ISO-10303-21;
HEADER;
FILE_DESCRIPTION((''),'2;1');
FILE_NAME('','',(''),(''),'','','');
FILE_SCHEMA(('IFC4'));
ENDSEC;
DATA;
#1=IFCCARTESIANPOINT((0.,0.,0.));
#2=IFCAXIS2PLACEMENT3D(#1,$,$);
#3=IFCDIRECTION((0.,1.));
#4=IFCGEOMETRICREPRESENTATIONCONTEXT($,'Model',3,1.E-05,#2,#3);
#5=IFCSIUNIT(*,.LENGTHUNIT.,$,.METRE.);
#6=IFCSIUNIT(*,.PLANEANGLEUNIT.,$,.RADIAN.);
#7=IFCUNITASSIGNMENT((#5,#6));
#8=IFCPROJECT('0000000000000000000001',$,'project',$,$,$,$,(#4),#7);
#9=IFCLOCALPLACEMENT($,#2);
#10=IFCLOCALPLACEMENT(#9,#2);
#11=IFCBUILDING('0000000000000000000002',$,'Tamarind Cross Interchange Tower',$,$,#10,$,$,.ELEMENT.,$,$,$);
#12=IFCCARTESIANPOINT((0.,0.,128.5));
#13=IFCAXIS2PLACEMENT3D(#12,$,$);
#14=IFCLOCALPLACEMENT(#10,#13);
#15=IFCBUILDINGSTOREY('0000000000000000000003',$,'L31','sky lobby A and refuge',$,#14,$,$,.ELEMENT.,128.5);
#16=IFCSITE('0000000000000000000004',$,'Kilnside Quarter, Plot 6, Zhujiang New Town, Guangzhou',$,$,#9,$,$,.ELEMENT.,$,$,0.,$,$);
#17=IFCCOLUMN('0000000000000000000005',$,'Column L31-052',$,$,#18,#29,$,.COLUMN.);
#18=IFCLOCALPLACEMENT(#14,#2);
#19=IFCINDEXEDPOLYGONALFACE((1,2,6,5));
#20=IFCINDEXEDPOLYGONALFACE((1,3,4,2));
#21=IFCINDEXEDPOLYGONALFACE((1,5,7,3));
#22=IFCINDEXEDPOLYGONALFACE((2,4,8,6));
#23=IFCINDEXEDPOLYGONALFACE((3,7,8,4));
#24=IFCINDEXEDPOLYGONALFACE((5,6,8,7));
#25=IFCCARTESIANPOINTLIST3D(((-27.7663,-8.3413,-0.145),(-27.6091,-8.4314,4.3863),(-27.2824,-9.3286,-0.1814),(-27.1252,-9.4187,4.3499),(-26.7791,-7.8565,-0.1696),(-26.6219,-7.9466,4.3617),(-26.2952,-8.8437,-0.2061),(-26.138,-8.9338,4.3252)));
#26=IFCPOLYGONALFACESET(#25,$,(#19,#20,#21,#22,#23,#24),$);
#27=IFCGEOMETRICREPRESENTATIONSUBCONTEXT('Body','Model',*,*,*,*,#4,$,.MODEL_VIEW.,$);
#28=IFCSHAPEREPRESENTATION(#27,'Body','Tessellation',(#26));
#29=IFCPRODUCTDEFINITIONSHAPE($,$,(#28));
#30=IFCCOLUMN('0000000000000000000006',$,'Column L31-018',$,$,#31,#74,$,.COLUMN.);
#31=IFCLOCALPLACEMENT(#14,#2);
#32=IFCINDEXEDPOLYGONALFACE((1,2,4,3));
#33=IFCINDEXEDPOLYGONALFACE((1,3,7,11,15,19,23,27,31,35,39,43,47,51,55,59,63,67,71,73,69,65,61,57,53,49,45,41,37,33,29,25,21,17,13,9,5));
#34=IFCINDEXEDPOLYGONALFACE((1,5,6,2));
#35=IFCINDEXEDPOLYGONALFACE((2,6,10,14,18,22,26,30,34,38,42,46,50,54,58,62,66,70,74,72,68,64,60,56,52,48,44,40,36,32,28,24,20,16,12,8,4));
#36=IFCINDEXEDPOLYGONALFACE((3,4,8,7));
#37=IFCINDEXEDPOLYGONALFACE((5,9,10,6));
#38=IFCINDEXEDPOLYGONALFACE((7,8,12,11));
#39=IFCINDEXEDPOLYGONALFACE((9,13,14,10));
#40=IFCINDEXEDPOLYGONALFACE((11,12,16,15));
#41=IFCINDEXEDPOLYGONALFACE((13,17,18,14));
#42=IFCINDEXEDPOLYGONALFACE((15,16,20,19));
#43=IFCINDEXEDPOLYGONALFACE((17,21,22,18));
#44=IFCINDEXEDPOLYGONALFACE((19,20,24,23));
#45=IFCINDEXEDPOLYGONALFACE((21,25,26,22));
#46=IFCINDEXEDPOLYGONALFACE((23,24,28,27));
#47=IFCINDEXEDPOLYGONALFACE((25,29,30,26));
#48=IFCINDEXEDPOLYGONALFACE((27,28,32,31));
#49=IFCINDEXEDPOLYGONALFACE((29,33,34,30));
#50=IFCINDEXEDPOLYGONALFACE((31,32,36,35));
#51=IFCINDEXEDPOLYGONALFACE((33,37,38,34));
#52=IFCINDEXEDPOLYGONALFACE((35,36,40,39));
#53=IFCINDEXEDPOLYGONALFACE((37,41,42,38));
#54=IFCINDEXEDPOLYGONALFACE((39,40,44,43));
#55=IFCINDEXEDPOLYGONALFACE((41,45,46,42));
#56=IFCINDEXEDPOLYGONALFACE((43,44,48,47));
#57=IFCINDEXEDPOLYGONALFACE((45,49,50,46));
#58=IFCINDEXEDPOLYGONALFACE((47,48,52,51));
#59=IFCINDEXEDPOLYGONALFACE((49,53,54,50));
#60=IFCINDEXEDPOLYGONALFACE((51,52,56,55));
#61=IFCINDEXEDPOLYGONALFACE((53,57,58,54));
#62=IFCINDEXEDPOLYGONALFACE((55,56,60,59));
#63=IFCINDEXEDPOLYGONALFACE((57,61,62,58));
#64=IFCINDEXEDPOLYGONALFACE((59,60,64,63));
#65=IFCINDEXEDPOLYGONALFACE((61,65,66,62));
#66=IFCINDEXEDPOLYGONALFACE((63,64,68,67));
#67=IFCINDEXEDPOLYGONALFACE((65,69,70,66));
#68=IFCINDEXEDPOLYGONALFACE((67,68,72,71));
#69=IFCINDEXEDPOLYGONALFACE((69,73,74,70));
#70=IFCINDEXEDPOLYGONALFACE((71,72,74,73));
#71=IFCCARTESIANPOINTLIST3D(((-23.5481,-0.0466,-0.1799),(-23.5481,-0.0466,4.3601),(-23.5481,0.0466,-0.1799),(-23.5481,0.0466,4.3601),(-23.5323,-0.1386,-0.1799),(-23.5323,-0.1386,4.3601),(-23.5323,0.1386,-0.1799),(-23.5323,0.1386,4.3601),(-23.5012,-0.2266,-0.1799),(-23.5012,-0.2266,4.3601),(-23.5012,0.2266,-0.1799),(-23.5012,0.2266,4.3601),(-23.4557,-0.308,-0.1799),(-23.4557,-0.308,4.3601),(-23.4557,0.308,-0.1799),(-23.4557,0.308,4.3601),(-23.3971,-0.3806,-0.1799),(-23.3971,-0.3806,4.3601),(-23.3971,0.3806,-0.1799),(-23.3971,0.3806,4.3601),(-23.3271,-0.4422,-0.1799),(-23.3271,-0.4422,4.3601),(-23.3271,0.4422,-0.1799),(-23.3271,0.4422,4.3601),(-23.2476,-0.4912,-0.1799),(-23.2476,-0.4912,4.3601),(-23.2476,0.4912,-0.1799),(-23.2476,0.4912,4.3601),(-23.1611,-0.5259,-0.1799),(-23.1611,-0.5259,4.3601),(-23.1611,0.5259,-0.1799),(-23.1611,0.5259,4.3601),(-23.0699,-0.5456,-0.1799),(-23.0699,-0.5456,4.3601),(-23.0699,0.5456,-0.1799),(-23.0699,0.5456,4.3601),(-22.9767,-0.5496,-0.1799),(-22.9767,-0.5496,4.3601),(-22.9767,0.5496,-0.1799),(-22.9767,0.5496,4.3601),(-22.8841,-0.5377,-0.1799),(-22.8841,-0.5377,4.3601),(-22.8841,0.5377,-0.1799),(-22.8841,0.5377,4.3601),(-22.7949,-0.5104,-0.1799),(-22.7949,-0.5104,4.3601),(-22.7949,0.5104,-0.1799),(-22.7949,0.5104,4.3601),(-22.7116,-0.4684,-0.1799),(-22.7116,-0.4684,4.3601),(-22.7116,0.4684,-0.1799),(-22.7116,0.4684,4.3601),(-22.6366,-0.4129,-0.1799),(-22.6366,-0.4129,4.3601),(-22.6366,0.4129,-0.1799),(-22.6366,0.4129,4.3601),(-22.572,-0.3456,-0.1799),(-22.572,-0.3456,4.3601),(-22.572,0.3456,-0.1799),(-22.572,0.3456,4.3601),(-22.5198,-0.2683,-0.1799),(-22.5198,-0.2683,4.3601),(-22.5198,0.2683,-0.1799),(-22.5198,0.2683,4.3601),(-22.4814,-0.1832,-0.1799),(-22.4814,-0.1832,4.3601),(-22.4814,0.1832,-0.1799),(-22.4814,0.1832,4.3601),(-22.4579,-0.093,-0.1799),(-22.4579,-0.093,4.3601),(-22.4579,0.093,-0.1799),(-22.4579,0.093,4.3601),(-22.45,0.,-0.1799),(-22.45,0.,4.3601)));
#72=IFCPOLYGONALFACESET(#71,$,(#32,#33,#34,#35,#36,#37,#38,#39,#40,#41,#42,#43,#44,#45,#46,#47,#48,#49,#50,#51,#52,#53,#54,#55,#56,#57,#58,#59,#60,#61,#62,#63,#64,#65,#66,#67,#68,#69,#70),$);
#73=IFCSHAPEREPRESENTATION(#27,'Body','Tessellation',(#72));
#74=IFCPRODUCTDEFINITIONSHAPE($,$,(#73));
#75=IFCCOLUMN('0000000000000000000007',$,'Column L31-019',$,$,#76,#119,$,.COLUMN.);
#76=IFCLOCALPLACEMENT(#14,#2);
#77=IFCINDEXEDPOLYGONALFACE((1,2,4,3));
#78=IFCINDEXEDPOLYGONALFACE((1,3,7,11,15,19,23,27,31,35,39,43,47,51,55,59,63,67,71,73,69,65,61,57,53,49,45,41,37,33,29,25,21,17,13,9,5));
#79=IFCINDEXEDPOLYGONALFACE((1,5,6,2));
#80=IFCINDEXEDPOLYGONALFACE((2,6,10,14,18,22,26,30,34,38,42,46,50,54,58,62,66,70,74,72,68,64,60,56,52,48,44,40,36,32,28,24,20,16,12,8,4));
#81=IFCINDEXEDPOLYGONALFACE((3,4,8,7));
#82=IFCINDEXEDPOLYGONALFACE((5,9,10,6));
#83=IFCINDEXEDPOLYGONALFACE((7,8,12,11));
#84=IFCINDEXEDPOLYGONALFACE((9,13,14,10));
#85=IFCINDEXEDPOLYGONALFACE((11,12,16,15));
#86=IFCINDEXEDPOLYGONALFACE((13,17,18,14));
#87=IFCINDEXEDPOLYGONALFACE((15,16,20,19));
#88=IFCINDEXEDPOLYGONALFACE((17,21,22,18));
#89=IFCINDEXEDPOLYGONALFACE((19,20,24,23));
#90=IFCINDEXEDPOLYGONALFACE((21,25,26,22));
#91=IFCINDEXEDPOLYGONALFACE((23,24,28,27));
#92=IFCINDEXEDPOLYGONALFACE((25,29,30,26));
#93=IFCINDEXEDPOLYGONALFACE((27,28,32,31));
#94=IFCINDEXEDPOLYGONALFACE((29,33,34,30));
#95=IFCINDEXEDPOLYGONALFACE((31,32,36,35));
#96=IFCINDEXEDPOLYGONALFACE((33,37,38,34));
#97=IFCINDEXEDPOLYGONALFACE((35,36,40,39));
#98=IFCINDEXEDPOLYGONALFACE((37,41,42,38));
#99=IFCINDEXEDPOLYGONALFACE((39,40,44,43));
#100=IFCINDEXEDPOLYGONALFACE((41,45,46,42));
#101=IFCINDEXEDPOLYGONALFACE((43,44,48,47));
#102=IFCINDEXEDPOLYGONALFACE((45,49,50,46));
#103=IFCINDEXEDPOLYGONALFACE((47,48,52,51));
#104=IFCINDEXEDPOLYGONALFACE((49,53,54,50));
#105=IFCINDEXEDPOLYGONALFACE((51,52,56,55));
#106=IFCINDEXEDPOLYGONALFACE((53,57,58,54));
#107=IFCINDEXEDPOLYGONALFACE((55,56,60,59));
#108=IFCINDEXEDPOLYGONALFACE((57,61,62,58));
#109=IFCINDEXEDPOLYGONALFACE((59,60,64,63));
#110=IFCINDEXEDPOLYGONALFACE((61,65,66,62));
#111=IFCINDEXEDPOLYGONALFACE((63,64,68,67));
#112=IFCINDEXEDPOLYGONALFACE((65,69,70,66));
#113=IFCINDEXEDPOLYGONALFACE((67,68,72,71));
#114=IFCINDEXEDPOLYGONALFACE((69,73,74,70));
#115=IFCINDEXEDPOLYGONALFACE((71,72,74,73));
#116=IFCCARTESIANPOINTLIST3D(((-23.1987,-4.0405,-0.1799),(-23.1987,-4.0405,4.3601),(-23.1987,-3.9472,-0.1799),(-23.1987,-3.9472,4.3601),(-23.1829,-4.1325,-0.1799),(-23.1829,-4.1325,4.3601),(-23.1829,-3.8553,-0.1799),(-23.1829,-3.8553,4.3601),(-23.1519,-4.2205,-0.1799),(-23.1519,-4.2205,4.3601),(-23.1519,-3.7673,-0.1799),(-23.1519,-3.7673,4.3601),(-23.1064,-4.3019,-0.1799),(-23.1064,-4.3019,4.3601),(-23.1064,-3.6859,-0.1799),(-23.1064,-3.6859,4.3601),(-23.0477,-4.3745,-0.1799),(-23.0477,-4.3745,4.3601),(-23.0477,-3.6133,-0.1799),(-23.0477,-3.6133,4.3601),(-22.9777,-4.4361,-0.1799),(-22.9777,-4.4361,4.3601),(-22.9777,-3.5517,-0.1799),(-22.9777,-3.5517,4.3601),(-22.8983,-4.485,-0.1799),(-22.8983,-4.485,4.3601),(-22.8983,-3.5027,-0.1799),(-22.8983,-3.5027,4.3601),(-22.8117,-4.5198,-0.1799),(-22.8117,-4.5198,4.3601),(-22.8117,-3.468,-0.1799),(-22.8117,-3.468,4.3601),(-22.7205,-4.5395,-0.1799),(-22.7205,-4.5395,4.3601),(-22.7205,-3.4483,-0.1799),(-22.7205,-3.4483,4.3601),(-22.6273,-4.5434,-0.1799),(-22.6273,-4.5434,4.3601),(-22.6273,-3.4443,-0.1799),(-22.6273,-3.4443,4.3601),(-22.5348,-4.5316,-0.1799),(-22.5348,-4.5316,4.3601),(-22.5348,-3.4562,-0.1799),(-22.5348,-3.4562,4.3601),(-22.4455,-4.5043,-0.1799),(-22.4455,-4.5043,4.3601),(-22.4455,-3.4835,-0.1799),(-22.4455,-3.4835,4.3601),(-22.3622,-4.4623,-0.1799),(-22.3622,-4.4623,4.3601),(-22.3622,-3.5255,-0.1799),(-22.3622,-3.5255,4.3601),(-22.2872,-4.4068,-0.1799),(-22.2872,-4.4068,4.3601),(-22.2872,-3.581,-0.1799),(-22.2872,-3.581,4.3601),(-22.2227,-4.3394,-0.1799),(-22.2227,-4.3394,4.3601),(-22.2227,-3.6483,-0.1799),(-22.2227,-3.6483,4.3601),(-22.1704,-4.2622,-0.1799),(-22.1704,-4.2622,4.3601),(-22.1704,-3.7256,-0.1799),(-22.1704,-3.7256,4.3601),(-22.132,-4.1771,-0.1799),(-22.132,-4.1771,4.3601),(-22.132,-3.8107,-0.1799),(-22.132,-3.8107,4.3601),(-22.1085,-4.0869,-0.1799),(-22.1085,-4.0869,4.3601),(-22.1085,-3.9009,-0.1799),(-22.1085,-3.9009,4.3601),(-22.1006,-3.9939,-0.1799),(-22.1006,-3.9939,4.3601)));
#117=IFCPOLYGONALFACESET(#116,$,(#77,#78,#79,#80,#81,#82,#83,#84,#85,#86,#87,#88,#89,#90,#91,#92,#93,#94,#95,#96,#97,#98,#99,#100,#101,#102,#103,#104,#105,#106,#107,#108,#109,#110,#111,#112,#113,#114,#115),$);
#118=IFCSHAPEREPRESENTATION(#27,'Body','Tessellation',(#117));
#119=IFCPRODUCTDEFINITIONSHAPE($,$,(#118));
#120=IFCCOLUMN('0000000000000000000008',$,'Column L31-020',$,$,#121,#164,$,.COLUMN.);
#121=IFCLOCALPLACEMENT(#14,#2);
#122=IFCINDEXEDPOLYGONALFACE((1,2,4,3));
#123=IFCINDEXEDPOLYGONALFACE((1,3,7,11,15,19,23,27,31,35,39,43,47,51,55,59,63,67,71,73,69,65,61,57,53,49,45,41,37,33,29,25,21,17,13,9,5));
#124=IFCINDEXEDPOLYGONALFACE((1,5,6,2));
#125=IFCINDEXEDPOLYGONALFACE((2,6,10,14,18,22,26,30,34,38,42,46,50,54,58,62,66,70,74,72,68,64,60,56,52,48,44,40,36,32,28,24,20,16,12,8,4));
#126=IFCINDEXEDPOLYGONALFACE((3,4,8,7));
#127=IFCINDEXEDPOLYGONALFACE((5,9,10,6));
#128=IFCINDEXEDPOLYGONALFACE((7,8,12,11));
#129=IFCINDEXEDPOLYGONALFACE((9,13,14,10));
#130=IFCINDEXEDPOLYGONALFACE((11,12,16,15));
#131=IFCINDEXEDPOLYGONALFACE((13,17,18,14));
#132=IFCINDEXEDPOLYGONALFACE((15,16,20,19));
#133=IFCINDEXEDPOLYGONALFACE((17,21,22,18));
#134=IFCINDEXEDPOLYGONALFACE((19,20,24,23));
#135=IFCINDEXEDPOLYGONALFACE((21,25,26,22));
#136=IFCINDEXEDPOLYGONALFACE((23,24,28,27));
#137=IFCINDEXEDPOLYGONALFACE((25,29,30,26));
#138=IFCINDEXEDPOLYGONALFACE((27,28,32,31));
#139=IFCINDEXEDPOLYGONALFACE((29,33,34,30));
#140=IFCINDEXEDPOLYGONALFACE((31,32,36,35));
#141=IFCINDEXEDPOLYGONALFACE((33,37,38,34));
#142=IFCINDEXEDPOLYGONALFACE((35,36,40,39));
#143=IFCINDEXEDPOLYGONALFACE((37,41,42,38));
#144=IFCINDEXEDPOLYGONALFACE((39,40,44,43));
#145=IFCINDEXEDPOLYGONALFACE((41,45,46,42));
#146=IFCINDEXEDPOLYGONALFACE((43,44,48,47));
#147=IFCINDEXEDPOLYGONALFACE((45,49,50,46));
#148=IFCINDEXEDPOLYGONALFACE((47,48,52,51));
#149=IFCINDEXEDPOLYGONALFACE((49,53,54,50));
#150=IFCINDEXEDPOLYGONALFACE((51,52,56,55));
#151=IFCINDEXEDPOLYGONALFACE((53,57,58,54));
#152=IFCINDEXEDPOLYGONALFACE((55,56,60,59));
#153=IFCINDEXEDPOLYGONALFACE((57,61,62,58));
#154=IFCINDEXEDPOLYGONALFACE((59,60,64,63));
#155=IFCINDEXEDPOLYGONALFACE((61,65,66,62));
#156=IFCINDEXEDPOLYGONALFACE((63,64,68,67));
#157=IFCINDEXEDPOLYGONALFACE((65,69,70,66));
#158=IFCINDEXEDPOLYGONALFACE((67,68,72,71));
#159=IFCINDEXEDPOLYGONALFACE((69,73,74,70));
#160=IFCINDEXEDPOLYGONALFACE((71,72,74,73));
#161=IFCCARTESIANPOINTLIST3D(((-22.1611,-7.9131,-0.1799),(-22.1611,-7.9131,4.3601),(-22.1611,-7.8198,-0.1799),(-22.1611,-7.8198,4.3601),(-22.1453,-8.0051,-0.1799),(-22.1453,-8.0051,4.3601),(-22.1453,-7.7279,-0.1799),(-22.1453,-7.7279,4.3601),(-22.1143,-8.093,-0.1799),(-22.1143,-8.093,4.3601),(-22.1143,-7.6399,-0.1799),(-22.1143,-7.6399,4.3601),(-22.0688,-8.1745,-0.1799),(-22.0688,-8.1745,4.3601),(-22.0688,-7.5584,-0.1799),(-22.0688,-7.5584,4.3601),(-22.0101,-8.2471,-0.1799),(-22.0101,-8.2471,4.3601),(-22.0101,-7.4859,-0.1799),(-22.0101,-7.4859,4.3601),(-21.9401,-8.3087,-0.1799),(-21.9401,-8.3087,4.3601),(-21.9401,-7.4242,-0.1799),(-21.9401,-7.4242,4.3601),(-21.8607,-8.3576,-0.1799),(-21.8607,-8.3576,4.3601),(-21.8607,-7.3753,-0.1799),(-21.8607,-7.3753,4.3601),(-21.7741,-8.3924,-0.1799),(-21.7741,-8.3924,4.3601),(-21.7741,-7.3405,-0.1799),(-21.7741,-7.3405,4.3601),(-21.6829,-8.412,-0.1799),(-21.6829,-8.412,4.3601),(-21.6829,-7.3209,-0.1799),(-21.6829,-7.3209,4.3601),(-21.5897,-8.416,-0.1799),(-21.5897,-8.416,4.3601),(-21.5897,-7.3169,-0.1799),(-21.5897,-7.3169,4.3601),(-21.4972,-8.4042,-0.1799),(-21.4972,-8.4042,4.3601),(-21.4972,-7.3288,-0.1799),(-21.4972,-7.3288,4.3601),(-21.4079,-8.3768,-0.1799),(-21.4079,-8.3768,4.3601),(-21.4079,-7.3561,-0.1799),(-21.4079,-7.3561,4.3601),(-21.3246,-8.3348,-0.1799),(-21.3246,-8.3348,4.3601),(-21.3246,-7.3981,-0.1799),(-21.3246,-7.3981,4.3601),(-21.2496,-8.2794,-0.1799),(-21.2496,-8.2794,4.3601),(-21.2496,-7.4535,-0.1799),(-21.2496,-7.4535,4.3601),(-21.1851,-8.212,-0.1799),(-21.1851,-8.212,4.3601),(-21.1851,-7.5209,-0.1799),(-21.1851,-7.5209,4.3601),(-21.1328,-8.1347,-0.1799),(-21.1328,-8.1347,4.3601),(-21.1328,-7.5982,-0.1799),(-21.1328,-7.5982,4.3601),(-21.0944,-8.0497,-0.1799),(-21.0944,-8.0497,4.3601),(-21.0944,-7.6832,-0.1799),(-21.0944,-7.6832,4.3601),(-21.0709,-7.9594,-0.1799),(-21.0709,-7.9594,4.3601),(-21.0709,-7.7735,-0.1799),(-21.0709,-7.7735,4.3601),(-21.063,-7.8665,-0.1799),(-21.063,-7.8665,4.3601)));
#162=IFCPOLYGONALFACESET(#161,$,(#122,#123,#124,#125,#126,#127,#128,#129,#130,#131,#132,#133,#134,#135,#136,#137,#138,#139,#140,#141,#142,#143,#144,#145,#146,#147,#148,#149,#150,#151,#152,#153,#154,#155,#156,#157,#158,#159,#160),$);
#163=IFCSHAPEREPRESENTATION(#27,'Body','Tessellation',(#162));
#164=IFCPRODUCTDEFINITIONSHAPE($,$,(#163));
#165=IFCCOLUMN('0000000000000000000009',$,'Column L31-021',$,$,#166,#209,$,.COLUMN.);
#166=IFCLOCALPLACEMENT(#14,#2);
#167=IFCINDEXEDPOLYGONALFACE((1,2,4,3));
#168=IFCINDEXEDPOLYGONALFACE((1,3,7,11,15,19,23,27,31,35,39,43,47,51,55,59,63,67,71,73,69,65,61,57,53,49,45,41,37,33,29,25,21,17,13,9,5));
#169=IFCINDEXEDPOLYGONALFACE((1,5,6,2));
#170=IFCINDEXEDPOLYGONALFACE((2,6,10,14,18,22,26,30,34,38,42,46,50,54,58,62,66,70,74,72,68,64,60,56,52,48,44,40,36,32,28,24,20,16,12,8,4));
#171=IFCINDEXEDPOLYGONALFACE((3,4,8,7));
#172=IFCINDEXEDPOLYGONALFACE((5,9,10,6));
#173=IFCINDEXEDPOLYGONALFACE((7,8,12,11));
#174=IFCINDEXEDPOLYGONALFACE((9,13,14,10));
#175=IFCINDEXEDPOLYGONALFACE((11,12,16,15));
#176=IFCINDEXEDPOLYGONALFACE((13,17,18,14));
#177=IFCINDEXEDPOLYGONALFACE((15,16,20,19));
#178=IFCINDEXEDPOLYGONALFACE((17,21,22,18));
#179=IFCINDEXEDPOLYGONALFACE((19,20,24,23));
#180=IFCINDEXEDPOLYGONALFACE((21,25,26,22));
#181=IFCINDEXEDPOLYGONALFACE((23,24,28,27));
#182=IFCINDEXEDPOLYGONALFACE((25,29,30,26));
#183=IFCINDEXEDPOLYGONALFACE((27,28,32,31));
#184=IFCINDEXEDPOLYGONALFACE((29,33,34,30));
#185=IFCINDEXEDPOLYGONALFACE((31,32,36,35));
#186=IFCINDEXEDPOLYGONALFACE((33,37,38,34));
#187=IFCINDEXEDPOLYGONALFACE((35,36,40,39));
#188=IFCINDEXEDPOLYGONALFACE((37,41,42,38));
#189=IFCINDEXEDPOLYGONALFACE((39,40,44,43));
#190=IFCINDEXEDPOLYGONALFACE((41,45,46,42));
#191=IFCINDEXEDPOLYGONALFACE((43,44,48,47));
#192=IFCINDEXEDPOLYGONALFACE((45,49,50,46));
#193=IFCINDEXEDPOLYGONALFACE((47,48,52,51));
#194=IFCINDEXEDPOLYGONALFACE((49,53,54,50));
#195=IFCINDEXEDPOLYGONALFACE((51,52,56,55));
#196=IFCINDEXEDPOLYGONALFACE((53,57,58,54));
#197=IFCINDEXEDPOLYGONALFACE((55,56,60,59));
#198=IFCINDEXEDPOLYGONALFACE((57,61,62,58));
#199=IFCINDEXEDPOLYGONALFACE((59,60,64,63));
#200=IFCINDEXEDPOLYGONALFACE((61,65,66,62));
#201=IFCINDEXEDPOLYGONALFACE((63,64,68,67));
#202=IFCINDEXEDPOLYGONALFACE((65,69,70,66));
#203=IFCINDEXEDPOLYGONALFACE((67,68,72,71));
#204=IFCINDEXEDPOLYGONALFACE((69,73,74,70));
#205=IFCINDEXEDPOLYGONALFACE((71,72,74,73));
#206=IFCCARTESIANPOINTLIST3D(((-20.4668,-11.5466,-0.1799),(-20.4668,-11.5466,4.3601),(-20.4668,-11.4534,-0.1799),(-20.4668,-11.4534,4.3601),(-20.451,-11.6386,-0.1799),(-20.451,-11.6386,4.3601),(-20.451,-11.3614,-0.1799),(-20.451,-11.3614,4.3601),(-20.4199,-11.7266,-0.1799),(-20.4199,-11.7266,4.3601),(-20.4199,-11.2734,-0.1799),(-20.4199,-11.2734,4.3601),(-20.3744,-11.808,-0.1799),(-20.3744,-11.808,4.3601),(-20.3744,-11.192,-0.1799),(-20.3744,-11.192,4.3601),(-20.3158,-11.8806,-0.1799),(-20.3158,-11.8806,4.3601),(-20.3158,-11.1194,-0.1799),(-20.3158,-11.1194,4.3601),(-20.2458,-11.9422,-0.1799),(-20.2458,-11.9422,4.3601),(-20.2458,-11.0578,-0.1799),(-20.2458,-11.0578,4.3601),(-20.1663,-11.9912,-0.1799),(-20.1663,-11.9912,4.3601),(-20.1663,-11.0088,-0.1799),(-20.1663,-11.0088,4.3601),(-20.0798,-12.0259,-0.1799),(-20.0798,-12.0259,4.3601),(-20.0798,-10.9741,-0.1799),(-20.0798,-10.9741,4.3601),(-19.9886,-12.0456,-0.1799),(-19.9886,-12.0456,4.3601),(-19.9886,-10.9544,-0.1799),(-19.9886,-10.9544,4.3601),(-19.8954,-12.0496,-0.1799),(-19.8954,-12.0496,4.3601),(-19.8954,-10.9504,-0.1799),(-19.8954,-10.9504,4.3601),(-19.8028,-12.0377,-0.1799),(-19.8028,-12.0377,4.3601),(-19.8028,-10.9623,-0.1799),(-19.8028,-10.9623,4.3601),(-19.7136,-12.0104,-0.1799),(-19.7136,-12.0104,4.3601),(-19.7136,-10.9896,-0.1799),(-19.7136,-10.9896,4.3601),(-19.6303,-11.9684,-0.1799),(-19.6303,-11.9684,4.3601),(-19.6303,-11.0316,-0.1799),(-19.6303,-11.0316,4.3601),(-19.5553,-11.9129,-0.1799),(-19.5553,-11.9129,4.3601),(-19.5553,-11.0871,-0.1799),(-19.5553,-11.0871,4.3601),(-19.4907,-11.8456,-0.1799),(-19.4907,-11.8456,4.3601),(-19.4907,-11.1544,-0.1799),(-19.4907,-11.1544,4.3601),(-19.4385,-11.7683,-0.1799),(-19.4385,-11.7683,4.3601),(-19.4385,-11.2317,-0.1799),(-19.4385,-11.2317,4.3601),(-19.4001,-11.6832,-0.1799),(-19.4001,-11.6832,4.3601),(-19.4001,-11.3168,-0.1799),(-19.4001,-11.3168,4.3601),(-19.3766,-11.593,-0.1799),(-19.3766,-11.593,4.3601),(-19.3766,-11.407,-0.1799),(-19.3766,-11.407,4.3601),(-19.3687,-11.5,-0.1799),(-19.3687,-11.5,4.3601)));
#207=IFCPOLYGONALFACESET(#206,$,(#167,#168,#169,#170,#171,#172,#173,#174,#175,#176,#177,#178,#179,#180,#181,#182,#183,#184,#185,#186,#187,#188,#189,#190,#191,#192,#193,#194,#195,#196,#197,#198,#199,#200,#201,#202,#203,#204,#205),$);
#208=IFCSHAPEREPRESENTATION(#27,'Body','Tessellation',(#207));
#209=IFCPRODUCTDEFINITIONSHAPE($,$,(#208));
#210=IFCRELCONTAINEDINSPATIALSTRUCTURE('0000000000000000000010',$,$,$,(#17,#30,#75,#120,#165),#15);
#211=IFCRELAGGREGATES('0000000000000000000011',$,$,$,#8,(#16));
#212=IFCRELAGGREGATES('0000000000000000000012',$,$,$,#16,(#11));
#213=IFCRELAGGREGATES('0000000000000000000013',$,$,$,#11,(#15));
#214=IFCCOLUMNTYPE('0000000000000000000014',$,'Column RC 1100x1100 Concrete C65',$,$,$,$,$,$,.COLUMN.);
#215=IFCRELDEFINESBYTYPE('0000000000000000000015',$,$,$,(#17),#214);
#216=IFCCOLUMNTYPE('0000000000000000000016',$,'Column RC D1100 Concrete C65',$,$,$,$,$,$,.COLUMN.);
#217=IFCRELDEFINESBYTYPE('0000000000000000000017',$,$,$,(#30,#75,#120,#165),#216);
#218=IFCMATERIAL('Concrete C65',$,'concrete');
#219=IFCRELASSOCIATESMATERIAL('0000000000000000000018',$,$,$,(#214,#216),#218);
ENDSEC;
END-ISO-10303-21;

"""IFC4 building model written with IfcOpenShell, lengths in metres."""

from ifc_helpers import new_model, si_unit, direction, frame, origin, origin_2d, place, context, subcontext, project, spatial, rectangle, circle, extrude, material, material_profile, profile_set, type_object, element, save


model = new_model("IFC4")

# Units and contexts
model_context = context("Model", 3, precision=1e-05, world=origin(), true_north=direction((0.0, 1.0)))
body_context = subcontext(model_context, "Body", "Model", "MODEL_VIEW")
ifc_project = project(units=[si_unit("LENGTHUNIT", "METRE"), si_unit("PLANEANGLEUNIT", "RADIAN")], contexts=[model_context])

# Site, building, storey
site_placement = place(None, origin())
site = spatial("IfcSite", under=ifc_project, at=site_placement, Name="Kilnside Quarter, Plot 6, Zhujiang New Town, Guangzhou", CompositionType="ELEMENT", RefElevation=0.0)
building_placement = place(site_placement, origin())
building = spatial("IfcBuilding", under=site, at=building_placement, Name="Tamarind Cross Interchange Tower", CompositionType="ELEMENT")
storey_placement = place(building_placement, frame((0.0, 0.0, 128.5)))
storey = spatial("IfcBuildingStorey", under=building, at=storey_placement, Name="L31", Description="sky lobby A and refuge", CompositionType="ELEMENT", Elevation=128.5)

# Columns
ifc_material_1 = material(Name="Concrete C65", Category="concrete")
ifc_material_profile_1 = material_profile(ifc_material_1, rectangle(XDim=1.1001, YDim=1.1001, at=origin_2d()), Name="RC 1100x1100")
ifc_profile_set_1 = profile_set([ifc_material_profile_1], Name="Concrete C65")
column_type_1 = type_object("IfcColumnType", Name="Column RC 1100x1100 Concrete C65", PredefinedType="COLUMN", material=ifc_profile_set_1)
column_placement = place(storey_placement, frame((-27.0308, -8.5925, -0.1755), z_axis=(0.034671, -0.019866, 0.999201), x_axis=(-0.439917, 0.897428, 0.033107)))
element("IfcColumn", 1, at=column_placement, inside=storey, type_object=column_type_1, Name="Column L31-052", PredefinedType="COLUMN", context=body_context, shape_type="SweptSolid", body=[
    extrude(rectangle(XDim=1.1001, YDim=1.1001, at=origin_2d()), origin(), (0.0, 0.0, 1.0), 4.5349),
])
ifc_material_profile_2 = material_profile(ifc_material_1, circle(Radius=0.55, at=origin_2d()), Name="RC D1100")
ifc_profile_set_2 = profile_set([ifc_material_profile_2], Name="Concrete C65")
column_type_2 = type_object("IfcColumnType", Name="Column RC D1100 Concrete C65", PredefinedType="COLUMN", material=ifc_profile_set_2)
for number, where, z_axis, x_axis, name in (
    (2, (-23.0, 0.0, -0.1799), (0.0, 0.0, 1.0), (1.0, 0.0, 0.0), "Column L31-018"),
    (3, (-22.6506, -3.9939, -0.1799), (0.0, 0.0, 1.0), (1.0, 0.0, 0.0), "Column L31-019"),
    (4, (-21.613, -7.8665, -0.1799), (0.0, 0.0, 1.0), (1.0, 0.0, 0.0), "Column L31-020"),
    (5, (-19.9187, -11.5, -0.1799), (0.0, 0.0, 1.0), (1.0, 0.0, 0.0), "Column L31-021"),
):
    element("IfcColumn", number, at=place(storey_placement, frame(where, z_axis=z_axis, x_axis=x_axis)), inside=storey, type_object=column_type_2, Name=name, PredefinedType="COLUMN", context=body_context, shape_type="SweptSolid", body=[
        extrude(circle(Radius=0.55, at=origin_2d()), origin(), (0.0, 0.0, 1.0), 4.54),
    ])

save(model, "model.ifc")
